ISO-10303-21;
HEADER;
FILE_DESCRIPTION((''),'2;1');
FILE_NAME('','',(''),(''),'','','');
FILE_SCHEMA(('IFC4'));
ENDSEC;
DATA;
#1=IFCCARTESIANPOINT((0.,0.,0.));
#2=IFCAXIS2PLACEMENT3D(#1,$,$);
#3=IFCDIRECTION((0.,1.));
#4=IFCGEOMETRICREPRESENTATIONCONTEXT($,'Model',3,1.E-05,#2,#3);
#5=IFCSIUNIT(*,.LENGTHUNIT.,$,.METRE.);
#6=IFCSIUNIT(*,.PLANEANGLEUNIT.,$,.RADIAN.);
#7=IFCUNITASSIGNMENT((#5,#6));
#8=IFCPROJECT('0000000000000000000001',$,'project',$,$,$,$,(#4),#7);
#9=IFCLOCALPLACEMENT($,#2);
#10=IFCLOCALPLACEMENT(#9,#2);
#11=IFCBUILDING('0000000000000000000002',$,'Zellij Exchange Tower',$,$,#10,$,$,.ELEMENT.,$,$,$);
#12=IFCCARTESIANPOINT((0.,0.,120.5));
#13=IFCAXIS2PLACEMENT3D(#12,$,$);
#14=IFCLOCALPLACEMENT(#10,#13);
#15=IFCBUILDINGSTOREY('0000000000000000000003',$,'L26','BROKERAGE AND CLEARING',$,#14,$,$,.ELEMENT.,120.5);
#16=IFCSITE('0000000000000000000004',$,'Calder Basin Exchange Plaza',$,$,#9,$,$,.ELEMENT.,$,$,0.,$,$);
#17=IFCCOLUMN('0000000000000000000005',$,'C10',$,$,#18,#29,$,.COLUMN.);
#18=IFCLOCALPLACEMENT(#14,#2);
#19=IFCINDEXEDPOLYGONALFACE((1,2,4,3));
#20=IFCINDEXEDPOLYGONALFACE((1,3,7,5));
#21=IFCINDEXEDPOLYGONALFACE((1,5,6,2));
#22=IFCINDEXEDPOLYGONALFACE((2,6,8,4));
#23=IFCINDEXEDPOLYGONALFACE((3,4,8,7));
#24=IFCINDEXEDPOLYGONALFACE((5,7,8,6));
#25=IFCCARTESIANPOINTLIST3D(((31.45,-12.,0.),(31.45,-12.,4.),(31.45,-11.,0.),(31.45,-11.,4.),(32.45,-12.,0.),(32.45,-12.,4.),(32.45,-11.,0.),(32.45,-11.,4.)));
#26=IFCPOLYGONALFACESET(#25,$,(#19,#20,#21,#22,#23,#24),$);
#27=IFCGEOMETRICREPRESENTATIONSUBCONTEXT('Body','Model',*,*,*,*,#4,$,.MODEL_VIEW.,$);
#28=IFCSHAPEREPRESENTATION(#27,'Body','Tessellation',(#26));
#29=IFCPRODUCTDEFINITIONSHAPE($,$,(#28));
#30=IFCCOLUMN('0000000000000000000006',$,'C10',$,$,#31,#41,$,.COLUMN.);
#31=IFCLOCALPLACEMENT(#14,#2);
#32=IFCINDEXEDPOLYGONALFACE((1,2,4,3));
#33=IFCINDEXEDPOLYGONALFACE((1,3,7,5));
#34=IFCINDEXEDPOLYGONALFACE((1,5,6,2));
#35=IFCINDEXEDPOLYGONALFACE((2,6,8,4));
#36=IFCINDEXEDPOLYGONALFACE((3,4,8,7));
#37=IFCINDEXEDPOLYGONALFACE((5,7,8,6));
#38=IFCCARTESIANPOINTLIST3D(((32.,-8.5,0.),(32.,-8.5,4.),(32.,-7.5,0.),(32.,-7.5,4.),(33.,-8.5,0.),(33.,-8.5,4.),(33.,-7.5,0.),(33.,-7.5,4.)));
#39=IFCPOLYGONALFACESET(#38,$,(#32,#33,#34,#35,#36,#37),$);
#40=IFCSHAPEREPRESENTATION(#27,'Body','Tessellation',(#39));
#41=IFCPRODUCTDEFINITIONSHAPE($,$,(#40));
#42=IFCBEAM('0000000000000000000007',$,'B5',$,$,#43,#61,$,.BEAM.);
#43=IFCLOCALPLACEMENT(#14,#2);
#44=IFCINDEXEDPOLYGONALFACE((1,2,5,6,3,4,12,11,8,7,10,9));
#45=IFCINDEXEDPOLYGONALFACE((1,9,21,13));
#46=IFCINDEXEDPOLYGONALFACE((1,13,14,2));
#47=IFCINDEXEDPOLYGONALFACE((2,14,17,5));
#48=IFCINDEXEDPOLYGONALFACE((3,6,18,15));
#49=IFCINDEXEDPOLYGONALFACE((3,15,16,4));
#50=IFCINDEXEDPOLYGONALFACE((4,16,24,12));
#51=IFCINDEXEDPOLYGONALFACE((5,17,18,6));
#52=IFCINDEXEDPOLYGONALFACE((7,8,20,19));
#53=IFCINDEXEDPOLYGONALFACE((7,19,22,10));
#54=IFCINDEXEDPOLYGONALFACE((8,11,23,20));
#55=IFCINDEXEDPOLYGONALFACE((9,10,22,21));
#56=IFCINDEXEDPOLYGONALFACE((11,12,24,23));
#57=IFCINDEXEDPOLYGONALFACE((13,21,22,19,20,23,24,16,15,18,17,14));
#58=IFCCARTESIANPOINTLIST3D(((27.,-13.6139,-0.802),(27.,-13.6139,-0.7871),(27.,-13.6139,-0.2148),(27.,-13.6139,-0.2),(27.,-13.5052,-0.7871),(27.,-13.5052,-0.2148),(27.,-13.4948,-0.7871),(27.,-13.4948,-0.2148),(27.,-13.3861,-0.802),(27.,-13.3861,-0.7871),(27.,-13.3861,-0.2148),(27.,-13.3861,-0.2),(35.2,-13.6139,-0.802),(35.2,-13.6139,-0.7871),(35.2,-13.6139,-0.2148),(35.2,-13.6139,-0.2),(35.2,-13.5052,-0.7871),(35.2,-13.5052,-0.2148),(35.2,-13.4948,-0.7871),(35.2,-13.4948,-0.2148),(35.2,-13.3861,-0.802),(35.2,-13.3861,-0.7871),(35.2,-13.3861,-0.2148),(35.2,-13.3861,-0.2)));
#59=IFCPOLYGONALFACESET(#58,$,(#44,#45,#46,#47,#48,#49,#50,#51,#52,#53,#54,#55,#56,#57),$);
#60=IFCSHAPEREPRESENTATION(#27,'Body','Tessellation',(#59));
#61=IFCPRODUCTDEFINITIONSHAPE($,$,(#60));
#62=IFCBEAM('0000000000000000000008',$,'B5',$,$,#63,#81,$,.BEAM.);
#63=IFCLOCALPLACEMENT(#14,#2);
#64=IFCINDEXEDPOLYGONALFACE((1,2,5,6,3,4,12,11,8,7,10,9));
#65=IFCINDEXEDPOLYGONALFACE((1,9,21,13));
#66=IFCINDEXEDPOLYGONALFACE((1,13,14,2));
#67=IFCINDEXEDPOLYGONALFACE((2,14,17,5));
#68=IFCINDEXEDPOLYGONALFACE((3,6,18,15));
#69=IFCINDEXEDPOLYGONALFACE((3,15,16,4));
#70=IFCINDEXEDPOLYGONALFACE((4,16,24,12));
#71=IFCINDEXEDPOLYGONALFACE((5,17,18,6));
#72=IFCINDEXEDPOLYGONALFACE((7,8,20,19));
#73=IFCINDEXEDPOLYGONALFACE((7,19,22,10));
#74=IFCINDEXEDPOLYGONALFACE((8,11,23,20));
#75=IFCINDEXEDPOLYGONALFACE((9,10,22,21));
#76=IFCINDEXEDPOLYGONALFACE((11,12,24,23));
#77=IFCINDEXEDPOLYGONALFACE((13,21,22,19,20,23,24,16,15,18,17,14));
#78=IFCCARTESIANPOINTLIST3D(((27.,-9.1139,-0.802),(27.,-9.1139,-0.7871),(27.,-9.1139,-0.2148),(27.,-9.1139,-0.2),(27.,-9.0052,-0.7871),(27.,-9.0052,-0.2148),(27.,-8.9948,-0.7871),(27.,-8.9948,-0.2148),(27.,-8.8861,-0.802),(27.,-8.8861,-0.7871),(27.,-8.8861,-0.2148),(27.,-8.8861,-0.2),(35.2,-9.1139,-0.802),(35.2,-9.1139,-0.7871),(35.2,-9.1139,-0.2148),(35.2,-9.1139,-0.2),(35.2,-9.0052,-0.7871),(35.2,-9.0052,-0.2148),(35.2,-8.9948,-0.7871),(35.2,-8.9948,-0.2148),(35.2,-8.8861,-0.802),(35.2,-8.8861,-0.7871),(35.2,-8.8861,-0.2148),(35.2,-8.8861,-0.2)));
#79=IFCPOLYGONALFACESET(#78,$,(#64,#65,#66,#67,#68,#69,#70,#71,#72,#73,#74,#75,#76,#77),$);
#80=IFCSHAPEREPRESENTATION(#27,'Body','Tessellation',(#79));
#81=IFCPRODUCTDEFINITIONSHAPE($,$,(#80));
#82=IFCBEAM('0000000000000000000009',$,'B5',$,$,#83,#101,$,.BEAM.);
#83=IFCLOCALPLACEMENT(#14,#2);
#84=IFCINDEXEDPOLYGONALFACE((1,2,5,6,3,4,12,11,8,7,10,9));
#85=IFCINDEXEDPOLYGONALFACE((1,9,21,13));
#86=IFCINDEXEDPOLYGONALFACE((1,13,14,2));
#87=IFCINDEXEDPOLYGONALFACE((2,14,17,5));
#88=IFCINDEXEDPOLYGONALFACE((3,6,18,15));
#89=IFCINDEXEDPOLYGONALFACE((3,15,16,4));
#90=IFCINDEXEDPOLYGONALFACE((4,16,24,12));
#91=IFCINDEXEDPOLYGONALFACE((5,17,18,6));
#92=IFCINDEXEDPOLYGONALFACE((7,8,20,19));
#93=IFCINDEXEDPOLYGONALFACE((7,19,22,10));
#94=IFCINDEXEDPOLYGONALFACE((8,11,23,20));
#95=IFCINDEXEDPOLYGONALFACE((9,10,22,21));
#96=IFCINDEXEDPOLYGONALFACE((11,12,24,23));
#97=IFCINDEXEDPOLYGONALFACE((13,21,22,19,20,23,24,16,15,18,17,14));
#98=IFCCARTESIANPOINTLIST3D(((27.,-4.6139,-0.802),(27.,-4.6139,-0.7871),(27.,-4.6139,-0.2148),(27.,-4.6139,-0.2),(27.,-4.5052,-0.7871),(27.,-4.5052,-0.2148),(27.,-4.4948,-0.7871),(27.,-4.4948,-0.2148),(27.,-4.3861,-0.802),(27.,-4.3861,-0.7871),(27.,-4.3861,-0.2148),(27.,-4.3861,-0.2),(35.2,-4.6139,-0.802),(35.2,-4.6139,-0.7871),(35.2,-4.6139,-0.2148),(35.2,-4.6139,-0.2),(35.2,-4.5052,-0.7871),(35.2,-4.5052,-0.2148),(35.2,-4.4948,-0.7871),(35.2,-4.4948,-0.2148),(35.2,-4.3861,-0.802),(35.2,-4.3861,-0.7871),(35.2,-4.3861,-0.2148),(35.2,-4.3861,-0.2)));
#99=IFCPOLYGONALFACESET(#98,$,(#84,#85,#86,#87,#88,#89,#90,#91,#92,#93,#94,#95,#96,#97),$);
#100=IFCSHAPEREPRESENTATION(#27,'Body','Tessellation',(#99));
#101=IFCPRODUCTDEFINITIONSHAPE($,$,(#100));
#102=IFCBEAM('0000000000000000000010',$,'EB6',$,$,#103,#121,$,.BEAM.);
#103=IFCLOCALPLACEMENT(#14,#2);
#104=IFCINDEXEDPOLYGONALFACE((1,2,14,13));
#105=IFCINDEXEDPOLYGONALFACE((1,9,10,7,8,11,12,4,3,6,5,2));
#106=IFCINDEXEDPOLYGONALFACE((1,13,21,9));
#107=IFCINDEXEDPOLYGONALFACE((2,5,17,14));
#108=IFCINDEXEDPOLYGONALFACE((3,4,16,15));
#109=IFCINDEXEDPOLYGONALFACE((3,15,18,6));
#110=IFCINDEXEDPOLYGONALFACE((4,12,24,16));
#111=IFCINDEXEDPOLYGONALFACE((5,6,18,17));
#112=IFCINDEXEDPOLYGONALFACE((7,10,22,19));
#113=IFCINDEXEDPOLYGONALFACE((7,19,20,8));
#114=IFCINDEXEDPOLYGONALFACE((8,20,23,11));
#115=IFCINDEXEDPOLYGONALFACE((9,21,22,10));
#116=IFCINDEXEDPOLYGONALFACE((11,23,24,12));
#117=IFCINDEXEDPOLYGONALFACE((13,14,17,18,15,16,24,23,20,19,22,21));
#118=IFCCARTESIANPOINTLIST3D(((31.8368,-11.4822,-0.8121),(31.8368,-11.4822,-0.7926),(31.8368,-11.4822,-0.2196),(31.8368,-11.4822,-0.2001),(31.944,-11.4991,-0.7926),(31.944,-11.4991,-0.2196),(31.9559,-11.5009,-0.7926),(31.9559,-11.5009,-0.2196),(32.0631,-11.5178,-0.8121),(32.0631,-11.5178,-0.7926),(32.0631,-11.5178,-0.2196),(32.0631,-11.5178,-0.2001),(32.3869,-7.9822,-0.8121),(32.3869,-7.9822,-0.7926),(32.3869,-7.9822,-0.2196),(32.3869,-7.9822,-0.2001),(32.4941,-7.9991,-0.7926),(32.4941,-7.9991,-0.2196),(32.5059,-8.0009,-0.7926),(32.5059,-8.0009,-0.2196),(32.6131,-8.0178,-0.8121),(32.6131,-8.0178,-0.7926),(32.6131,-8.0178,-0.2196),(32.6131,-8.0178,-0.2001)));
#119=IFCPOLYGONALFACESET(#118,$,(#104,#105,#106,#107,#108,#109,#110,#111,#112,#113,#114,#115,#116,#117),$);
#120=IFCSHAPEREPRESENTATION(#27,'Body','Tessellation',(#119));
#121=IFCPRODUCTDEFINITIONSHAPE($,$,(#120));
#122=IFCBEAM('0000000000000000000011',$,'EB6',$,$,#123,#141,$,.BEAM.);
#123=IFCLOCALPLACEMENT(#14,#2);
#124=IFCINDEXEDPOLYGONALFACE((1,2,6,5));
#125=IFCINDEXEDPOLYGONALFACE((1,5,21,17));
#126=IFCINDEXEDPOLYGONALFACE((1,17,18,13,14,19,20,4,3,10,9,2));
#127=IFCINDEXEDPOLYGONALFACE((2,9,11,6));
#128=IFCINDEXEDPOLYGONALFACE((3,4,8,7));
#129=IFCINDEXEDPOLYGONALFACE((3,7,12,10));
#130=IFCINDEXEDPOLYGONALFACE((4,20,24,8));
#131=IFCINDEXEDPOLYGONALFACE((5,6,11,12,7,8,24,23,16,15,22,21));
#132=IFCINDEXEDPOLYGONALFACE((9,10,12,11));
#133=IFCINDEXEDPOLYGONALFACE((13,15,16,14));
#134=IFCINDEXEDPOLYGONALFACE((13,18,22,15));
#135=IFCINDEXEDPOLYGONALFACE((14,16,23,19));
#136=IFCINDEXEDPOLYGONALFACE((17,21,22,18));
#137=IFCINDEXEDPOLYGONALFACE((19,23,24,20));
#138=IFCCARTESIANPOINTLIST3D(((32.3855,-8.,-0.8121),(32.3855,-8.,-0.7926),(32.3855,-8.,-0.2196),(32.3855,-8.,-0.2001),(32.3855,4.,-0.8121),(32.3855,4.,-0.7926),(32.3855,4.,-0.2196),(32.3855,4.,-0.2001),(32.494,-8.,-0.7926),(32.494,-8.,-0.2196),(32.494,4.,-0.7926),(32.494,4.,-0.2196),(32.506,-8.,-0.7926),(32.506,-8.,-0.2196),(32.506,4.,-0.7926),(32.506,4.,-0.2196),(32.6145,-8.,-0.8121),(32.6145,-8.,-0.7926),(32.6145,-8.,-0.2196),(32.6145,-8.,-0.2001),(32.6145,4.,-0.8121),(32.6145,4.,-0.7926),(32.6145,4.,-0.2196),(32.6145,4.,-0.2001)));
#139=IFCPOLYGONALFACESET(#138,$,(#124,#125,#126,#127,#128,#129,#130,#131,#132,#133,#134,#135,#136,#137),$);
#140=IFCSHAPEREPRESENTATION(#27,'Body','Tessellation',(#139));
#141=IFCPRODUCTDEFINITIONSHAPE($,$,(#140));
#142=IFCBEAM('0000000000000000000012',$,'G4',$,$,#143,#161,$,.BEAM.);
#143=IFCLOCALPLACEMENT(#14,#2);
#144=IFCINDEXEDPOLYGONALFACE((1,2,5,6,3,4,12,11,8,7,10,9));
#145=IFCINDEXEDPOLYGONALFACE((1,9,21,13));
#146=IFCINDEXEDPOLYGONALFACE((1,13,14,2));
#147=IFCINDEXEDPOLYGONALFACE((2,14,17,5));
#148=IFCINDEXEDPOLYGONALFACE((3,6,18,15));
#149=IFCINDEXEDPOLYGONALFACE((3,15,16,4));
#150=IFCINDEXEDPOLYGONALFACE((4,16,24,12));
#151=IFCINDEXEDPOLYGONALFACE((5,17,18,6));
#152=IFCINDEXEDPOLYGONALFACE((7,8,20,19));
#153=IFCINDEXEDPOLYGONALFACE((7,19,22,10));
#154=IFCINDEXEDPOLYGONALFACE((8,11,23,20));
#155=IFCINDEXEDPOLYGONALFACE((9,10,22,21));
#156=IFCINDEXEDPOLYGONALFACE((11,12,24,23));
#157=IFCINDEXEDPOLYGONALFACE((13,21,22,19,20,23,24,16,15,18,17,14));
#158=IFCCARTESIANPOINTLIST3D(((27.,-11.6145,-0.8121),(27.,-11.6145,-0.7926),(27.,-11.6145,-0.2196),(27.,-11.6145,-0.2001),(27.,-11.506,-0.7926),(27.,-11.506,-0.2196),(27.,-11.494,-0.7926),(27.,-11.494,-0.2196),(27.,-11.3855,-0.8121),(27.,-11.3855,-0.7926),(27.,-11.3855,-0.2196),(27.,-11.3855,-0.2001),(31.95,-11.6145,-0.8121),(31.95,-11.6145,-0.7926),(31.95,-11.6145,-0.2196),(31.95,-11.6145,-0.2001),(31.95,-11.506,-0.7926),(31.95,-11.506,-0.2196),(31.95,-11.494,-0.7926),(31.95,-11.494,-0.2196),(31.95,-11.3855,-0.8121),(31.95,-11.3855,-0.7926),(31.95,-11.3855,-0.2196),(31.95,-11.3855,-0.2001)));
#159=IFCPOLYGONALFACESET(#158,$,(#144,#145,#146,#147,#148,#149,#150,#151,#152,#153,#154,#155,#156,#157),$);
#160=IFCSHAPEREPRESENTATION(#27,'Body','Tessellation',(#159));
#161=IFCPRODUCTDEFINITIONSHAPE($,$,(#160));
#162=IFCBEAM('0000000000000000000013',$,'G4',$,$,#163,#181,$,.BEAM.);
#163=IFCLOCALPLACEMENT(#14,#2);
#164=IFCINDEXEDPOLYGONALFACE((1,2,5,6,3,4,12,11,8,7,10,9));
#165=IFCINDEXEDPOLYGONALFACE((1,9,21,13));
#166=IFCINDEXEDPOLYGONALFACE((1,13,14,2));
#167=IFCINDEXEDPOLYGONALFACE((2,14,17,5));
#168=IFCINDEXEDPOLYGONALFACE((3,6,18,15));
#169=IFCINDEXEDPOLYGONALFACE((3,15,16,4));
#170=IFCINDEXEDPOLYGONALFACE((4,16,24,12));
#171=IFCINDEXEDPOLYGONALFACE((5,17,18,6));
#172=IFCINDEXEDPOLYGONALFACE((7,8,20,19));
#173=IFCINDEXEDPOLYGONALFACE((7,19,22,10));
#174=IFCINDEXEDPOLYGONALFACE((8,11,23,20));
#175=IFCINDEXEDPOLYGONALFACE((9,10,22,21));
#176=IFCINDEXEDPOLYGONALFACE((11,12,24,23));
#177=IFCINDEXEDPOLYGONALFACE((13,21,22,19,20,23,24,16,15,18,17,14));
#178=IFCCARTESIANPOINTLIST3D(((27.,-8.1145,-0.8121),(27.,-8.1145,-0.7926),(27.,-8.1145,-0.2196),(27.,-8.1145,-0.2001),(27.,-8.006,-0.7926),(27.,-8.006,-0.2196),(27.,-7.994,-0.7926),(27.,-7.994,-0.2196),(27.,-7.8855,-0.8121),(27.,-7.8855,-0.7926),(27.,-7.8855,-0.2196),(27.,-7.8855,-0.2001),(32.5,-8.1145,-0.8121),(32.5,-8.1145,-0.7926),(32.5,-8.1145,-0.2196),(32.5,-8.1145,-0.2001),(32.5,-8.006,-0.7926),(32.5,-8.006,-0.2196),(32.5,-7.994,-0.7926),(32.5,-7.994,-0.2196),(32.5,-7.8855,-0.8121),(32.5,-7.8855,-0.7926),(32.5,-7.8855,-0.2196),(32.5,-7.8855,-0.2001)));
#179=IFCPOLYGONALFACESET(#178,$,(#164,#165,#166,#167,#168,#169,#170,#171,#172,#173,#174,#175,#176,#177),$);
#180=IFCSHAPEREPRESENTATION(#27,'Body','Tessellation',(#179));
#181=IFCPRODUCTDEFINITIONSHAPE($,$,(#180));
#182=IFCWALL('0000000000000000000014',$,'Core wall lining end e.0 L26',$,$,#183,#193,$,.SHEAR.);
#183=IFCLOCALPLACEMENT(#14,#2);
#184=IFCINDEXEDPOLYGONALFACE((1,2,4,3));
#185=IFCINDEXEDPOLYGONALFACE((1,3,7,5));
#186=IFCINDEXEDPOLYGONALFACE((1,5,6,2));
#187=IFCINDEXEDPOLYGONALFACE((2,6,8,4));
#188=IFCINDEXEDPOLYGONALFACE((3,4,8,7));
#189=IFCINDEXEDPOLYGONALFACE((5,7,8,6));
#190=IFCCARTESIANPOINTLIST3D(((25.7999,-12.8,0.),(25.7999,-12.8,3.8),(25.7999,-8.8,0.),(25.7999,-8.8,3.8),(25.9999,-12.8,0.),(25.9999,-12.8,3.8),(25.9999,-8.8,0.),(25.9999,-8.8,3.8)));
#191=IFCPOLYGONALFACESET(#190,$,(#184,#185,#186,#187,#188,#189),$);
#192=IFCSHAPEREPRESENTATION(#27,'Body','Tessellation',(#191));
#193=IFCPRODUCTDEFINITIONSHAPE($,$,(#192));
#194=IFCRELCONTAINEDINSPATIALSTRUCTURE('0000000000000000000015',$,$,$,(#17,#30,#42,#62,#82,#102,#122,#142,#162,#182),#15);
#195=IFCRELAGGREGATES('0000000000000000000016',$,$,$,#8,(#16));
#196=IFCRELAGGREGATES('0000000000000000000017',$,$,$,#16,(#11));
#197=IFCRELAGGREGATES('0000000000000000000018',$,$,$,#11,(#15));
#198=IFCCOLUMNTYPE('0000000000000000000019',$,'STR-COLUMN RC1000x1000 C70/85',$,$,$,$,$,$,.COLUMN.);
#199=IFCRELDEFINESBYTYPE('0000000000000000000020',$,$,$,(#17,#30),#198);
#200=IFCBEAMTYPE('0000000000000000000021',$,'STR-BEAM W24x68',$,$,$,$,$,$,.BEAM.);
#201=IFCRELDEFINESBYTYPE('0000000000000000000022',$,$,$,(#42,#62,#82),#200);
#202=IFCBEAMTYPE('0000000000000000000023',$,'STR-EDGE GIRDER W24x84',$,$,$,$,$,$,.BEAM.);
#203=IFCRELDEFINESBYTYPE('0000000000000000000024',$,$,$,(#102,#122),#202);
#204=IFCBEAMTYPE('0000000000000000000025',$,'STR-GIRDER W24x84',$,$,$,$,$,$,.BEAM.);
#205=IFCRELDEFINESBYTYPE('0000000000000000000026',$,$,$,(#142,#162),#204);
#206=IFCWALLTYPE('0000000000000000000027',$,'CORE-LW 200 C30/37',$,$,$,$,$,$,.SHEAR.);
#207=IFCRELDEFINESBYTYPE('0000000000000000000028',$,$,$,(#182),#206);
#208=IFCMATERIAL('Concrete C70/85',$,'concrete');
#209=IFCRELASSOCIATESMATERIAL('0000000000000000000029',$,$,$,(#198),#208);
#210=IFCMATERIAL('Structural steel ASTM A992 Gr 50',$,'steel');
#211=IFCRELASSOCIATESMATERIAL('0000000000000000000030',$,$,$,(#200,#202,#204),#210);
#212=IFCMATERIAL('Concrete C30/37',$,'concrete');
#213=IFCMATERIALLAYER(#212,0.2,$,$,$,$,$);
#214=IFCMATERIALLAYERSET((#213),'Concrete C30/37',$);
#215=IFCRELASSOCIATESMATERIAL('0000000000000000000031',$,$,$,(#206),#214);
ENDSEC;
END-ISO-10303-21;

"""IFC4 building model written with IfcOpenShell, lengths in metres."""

from ifc_helpers import new_model, si_unit, direction, frame, frame_2d, origin, origin_2d, place, context, subcontext, project, spatial, rectangle, i_section, extrude, material, layer, layer_set, material_profile, profile_set, type_object, element, save


model = new_model("IFC4")

# Units and contexts
model_context = context("Model", 3, precision=1e-05, world=origin(), true_north=direction((0.0, 1.0)))
body_context = subcontext(model_context, "Body", "Model", "MODEL_VIEW")
ifc_project = project(units=[si_unit("LENGTHUNIT", "METRE"), si_unit("PLANEANGLEUNIT", "RADIAN")], contexts=[model_context])

# Site, building, storey
site_placement = place(None, origin())
site = spatial("IfcSite", under=ifc_project, at=site_placement, Name="Calder Basin Exchange Plaza", CompositionType="ELEMENT", RefElevation=0.0)
building_placement = place(site_placement, origin())
building = spatial("IfcBuilding", under=site, at=building_placement, Name="Zellij Exchange Tower", CompositionType="ELEMENT")
storey_placement = place(building_placement, frame((0.0, 0.0, 120.5)))
storey = spatial("IfcBuildingStorey", under=building, at=storey_placement, Name="L26", Description="BROKERAGE AND CLEARING", CompositionType="ELEMENT", Elevation=120.5)

# Columns
ifc_material_1 = material(Name="Concrete C70/85", Category="concrete")
ifc_material_profile_1 = material_profile(ifc_material_1, rectangle(XDim=1.0, YDim=1.0, at=origin_2d()), Name="STR-COLUMN RC1000x1000 C70/85")
ifc_profile_set_1 = profile_set([ifc_material_profile_1], Name="Concrete C70/85")
column_type = type_object("IfcColumnType", Name="STR-COLUMN RC1000x1000 C70/85", PredefinedType="COLUMN", material=ifc_profile_set_1)
for number, where, z_axis, x_axis, name in (
    (1, (31.95, -11.5, 0.0), (0.0, 0.0, 1.0), (1.0, 0.0, 0.0), "C10"),
    (2, (32.5, -8.0, 0.0), (0.0, 0.0, 1.0), (1.0, 0.0, 0.0), "C10"),
):
    element("IfcColumn", number, at=place(storey_placement, frame(where, z_axis=z_axis, x_axis=x_axis)), inside=storey, type_object=column_type, Name=name, PredefinedType="COLUMN", context=body_context, shape_type="SweptSolid", body=[
        extrude(rectangle(XDim=1.0, YDim=1.0, at=origin_2d()), origin(), (0.0, 0.0, 1.0), 4.0),
    ])

# Beams
ifc_material_2 = material(Name="Structural steel ASTM A992 Gr 50", Category="steel")
ifc_material_profile_2 = material_profile(ifc_material_2, i_section(OverallWidth=0.2278, OverallDepth=0.6021, WebThickness=0.0105, FlangeThickness=0.0149, at=origin_2d()), Name="W24x68")
ifc_profile_set_2 = profile_set([ifc_material_profile_2], Name="Structural steel ASTM A992 Gr 50")
beam_type_1 = type_object("IfcBeamType", Name="STR-BEAM W24x68", PredefinedType="BEAM", material=ifc_profile_set_2)
for number, where, z_axis, x_axis, name in (
    (3, (27.0, -13.5, -0.501), (1.0, 0.0, 0.0), (0.0, 1.0, 0.0), "B5"),
    (4, (27.0, -9.0, -0.501), (1.0, 0.0, 0.0), (0.0, 1.0, 0.0), "B5"),
    (5, (27.0, -4.5, -0.501), (1.0, 0.0, 0.0), (0.0, 1.0, 0.0), "B5"),
):
    element("IfcBeam", number, at=place(storey_placement, frame(where, z_axis=z_axis, x_axis=x_axis)), inside=storey, type_object=beam_type_1, Name=name, PredefinedType="BEAM", context=body_context, shape_type="SweptSolid", body=[
        extrude(i_section(OverallWidth=0.2278, OverallDepth=0.6021, WebThickness=0.0105, FlangeThickness=0.0149, at=origin_2d()), origin(), (0.0, 0.0, 1.0), 8.2),
    ])
ifc_material_profile_3 = material_profile(ifc_material_2, i_section(OverallWidth=0.229, OverallDepth=0.6121, WebThickness=0.012, FlangeThickness=0.0195, at=origin_2d()), Name="W24x84")
ifc_profile_set_3 = profile_set([ifc_material_profile_3], Name="Structural steel ASTM A992 Gr 50")
beam_type_2 = type_object("IfcBeamType", Name="STR-EDGE GIRDER W24x84", PredefinedType="BEAM", material=ifc_profile_set_3)
beam_1_placement = place(storey_placement, frame((31.95, -11.5, -0.5061), z_axis=(0.155251, 0.987875, 0.0), x_axis=(-0.987875, 0.155251, 0.0)))
element("IfcBeam", 6, at=beam_1_placement, inside=storey, type_object=beam_type_2, Name="EB6", PredefinedType="BEAM", context=body_context, shape_type="SweptSolid", body=[
    extrude(i_section(OverallWidth=0.229, OverallDepth=0.6121, WebThickness=0.012, FlangeThickness=0.0195, at=origin_2d()), origin(), (0.0, 0.0, 1.0), 3.543),
])
beam_2_placement = place(storey_placement, frame((32.5, -8.0, -0.5061), z_axis=(0.0, 1.0, 0.0), x_axis=(-1.0, 0.0, 0.0)))
element("IfcBeam", 7, at=beam_2_placement, inside=storey, type_object=beam_type_2, Name="EB6", PredefinedType="BEAM", context=body_context, shape_type="SweptSolid", body=[
    extrude(i_section(OverallWidth=0.229, OverallDepth=0.6121, WebThickness=0.012, FlangeThickness=0.0195, at=origin_2d()), origin(), (0.0, 0.0, 1.0), 12.0),
])
ifc_material_profile_4 = material_profile(ifc_material_2, i_section(OverallWidth=0.229, OverallDepth=0.6121, WebThickness=0.012, FlangeThickness=0.0195, at=origin_2d()), Name="W24x84")
ifc_profile_set_4 = profile_set([ifc_material_profile_4], Name="Structural steel ASTM A992 Gr 50")
beam_type_3 = type_object("IfcBeamType", Name="STR-GIRDER W24x84", PredefinedType="BEAM", material=ifc_profile_set_4)
beam_3_placement = place(storey_placement, frame((27.0, -11.5, -0.5061), z_axis=(1.0, 0.0, 0.0), x_axis=(0.0, 1.0, 0.0)))
element("IfcBeam", 8, at=beam_3_placement, inside=storey, type_object=beam_type_3, Name="G4", PredefinedType="BEAM", context=body_context, shape_type="SweptSolid", body=[
    extrude(i_section(OverallWidth=0.229, OverallDepth=0.6121, WebThickness=0.012, FlangeThickness=0.0195, at=origin_2d()), origin(), (0.0, 0.0, 1.0), 4.95),
])
beam_4_placement = place(storey_placement, frame((27.0, -8.0, -0.5061), z_axis=(1.0, 0.0, 0.0), x_axis=(0.0, 1.0, 0.0)))
element("IfcBeam", 9, at=beam_4_placement, inside=storey, type_object=beam_type_3, Name="G4", PredefinedType="BEAM", context=body_context, shape_type="SweptSolid", body=[
    extrude(i_section(OverallWidth=0.229, OverallDepth=0.6121, WebThickness=0.012, FlangeThickness=0.0195, at=origin_2d()), origin(), (0.0, 0.0, 1.0), 5.5),
])

# Wall
ifc_material_3 = material(Name="Concrete C30/37", Category="concrete")
ifc_layer_1 = layer(ifc_material_3, 0.2)
ifc_layer_set_1 = layer_set([ifc_layer_1], Name="Concrete C30/37")
wall_type_1 = type_object("IfcWallType", Name="CORE-LW 200 C30/37", PredefinedType="SHEAR", material=ifc_layer_set_1)
wall_1_placement = place(storey_placement, frame((25.8999, -12.8, 0.0), z_axis=(0.0, 0.0, 1.0), x_axis=(0.0, 1.0, 0.0)))
element("IfcWall", 10, at=wall_1_placement, inside=storey, type_object=wall_type_1, Name="Core wall lining end e.0 L26", PredefinedType="SHEAR", context=body_context, shape_type="SweptSolid", body=[
    extrude(rectangle(XDim=4.0, YDim=0.2, at=frame_2d((2.0, 0.0))), origin(), (0.0, 0.0, 1.0), 3.8),
])

save(model, "model.ifc")
